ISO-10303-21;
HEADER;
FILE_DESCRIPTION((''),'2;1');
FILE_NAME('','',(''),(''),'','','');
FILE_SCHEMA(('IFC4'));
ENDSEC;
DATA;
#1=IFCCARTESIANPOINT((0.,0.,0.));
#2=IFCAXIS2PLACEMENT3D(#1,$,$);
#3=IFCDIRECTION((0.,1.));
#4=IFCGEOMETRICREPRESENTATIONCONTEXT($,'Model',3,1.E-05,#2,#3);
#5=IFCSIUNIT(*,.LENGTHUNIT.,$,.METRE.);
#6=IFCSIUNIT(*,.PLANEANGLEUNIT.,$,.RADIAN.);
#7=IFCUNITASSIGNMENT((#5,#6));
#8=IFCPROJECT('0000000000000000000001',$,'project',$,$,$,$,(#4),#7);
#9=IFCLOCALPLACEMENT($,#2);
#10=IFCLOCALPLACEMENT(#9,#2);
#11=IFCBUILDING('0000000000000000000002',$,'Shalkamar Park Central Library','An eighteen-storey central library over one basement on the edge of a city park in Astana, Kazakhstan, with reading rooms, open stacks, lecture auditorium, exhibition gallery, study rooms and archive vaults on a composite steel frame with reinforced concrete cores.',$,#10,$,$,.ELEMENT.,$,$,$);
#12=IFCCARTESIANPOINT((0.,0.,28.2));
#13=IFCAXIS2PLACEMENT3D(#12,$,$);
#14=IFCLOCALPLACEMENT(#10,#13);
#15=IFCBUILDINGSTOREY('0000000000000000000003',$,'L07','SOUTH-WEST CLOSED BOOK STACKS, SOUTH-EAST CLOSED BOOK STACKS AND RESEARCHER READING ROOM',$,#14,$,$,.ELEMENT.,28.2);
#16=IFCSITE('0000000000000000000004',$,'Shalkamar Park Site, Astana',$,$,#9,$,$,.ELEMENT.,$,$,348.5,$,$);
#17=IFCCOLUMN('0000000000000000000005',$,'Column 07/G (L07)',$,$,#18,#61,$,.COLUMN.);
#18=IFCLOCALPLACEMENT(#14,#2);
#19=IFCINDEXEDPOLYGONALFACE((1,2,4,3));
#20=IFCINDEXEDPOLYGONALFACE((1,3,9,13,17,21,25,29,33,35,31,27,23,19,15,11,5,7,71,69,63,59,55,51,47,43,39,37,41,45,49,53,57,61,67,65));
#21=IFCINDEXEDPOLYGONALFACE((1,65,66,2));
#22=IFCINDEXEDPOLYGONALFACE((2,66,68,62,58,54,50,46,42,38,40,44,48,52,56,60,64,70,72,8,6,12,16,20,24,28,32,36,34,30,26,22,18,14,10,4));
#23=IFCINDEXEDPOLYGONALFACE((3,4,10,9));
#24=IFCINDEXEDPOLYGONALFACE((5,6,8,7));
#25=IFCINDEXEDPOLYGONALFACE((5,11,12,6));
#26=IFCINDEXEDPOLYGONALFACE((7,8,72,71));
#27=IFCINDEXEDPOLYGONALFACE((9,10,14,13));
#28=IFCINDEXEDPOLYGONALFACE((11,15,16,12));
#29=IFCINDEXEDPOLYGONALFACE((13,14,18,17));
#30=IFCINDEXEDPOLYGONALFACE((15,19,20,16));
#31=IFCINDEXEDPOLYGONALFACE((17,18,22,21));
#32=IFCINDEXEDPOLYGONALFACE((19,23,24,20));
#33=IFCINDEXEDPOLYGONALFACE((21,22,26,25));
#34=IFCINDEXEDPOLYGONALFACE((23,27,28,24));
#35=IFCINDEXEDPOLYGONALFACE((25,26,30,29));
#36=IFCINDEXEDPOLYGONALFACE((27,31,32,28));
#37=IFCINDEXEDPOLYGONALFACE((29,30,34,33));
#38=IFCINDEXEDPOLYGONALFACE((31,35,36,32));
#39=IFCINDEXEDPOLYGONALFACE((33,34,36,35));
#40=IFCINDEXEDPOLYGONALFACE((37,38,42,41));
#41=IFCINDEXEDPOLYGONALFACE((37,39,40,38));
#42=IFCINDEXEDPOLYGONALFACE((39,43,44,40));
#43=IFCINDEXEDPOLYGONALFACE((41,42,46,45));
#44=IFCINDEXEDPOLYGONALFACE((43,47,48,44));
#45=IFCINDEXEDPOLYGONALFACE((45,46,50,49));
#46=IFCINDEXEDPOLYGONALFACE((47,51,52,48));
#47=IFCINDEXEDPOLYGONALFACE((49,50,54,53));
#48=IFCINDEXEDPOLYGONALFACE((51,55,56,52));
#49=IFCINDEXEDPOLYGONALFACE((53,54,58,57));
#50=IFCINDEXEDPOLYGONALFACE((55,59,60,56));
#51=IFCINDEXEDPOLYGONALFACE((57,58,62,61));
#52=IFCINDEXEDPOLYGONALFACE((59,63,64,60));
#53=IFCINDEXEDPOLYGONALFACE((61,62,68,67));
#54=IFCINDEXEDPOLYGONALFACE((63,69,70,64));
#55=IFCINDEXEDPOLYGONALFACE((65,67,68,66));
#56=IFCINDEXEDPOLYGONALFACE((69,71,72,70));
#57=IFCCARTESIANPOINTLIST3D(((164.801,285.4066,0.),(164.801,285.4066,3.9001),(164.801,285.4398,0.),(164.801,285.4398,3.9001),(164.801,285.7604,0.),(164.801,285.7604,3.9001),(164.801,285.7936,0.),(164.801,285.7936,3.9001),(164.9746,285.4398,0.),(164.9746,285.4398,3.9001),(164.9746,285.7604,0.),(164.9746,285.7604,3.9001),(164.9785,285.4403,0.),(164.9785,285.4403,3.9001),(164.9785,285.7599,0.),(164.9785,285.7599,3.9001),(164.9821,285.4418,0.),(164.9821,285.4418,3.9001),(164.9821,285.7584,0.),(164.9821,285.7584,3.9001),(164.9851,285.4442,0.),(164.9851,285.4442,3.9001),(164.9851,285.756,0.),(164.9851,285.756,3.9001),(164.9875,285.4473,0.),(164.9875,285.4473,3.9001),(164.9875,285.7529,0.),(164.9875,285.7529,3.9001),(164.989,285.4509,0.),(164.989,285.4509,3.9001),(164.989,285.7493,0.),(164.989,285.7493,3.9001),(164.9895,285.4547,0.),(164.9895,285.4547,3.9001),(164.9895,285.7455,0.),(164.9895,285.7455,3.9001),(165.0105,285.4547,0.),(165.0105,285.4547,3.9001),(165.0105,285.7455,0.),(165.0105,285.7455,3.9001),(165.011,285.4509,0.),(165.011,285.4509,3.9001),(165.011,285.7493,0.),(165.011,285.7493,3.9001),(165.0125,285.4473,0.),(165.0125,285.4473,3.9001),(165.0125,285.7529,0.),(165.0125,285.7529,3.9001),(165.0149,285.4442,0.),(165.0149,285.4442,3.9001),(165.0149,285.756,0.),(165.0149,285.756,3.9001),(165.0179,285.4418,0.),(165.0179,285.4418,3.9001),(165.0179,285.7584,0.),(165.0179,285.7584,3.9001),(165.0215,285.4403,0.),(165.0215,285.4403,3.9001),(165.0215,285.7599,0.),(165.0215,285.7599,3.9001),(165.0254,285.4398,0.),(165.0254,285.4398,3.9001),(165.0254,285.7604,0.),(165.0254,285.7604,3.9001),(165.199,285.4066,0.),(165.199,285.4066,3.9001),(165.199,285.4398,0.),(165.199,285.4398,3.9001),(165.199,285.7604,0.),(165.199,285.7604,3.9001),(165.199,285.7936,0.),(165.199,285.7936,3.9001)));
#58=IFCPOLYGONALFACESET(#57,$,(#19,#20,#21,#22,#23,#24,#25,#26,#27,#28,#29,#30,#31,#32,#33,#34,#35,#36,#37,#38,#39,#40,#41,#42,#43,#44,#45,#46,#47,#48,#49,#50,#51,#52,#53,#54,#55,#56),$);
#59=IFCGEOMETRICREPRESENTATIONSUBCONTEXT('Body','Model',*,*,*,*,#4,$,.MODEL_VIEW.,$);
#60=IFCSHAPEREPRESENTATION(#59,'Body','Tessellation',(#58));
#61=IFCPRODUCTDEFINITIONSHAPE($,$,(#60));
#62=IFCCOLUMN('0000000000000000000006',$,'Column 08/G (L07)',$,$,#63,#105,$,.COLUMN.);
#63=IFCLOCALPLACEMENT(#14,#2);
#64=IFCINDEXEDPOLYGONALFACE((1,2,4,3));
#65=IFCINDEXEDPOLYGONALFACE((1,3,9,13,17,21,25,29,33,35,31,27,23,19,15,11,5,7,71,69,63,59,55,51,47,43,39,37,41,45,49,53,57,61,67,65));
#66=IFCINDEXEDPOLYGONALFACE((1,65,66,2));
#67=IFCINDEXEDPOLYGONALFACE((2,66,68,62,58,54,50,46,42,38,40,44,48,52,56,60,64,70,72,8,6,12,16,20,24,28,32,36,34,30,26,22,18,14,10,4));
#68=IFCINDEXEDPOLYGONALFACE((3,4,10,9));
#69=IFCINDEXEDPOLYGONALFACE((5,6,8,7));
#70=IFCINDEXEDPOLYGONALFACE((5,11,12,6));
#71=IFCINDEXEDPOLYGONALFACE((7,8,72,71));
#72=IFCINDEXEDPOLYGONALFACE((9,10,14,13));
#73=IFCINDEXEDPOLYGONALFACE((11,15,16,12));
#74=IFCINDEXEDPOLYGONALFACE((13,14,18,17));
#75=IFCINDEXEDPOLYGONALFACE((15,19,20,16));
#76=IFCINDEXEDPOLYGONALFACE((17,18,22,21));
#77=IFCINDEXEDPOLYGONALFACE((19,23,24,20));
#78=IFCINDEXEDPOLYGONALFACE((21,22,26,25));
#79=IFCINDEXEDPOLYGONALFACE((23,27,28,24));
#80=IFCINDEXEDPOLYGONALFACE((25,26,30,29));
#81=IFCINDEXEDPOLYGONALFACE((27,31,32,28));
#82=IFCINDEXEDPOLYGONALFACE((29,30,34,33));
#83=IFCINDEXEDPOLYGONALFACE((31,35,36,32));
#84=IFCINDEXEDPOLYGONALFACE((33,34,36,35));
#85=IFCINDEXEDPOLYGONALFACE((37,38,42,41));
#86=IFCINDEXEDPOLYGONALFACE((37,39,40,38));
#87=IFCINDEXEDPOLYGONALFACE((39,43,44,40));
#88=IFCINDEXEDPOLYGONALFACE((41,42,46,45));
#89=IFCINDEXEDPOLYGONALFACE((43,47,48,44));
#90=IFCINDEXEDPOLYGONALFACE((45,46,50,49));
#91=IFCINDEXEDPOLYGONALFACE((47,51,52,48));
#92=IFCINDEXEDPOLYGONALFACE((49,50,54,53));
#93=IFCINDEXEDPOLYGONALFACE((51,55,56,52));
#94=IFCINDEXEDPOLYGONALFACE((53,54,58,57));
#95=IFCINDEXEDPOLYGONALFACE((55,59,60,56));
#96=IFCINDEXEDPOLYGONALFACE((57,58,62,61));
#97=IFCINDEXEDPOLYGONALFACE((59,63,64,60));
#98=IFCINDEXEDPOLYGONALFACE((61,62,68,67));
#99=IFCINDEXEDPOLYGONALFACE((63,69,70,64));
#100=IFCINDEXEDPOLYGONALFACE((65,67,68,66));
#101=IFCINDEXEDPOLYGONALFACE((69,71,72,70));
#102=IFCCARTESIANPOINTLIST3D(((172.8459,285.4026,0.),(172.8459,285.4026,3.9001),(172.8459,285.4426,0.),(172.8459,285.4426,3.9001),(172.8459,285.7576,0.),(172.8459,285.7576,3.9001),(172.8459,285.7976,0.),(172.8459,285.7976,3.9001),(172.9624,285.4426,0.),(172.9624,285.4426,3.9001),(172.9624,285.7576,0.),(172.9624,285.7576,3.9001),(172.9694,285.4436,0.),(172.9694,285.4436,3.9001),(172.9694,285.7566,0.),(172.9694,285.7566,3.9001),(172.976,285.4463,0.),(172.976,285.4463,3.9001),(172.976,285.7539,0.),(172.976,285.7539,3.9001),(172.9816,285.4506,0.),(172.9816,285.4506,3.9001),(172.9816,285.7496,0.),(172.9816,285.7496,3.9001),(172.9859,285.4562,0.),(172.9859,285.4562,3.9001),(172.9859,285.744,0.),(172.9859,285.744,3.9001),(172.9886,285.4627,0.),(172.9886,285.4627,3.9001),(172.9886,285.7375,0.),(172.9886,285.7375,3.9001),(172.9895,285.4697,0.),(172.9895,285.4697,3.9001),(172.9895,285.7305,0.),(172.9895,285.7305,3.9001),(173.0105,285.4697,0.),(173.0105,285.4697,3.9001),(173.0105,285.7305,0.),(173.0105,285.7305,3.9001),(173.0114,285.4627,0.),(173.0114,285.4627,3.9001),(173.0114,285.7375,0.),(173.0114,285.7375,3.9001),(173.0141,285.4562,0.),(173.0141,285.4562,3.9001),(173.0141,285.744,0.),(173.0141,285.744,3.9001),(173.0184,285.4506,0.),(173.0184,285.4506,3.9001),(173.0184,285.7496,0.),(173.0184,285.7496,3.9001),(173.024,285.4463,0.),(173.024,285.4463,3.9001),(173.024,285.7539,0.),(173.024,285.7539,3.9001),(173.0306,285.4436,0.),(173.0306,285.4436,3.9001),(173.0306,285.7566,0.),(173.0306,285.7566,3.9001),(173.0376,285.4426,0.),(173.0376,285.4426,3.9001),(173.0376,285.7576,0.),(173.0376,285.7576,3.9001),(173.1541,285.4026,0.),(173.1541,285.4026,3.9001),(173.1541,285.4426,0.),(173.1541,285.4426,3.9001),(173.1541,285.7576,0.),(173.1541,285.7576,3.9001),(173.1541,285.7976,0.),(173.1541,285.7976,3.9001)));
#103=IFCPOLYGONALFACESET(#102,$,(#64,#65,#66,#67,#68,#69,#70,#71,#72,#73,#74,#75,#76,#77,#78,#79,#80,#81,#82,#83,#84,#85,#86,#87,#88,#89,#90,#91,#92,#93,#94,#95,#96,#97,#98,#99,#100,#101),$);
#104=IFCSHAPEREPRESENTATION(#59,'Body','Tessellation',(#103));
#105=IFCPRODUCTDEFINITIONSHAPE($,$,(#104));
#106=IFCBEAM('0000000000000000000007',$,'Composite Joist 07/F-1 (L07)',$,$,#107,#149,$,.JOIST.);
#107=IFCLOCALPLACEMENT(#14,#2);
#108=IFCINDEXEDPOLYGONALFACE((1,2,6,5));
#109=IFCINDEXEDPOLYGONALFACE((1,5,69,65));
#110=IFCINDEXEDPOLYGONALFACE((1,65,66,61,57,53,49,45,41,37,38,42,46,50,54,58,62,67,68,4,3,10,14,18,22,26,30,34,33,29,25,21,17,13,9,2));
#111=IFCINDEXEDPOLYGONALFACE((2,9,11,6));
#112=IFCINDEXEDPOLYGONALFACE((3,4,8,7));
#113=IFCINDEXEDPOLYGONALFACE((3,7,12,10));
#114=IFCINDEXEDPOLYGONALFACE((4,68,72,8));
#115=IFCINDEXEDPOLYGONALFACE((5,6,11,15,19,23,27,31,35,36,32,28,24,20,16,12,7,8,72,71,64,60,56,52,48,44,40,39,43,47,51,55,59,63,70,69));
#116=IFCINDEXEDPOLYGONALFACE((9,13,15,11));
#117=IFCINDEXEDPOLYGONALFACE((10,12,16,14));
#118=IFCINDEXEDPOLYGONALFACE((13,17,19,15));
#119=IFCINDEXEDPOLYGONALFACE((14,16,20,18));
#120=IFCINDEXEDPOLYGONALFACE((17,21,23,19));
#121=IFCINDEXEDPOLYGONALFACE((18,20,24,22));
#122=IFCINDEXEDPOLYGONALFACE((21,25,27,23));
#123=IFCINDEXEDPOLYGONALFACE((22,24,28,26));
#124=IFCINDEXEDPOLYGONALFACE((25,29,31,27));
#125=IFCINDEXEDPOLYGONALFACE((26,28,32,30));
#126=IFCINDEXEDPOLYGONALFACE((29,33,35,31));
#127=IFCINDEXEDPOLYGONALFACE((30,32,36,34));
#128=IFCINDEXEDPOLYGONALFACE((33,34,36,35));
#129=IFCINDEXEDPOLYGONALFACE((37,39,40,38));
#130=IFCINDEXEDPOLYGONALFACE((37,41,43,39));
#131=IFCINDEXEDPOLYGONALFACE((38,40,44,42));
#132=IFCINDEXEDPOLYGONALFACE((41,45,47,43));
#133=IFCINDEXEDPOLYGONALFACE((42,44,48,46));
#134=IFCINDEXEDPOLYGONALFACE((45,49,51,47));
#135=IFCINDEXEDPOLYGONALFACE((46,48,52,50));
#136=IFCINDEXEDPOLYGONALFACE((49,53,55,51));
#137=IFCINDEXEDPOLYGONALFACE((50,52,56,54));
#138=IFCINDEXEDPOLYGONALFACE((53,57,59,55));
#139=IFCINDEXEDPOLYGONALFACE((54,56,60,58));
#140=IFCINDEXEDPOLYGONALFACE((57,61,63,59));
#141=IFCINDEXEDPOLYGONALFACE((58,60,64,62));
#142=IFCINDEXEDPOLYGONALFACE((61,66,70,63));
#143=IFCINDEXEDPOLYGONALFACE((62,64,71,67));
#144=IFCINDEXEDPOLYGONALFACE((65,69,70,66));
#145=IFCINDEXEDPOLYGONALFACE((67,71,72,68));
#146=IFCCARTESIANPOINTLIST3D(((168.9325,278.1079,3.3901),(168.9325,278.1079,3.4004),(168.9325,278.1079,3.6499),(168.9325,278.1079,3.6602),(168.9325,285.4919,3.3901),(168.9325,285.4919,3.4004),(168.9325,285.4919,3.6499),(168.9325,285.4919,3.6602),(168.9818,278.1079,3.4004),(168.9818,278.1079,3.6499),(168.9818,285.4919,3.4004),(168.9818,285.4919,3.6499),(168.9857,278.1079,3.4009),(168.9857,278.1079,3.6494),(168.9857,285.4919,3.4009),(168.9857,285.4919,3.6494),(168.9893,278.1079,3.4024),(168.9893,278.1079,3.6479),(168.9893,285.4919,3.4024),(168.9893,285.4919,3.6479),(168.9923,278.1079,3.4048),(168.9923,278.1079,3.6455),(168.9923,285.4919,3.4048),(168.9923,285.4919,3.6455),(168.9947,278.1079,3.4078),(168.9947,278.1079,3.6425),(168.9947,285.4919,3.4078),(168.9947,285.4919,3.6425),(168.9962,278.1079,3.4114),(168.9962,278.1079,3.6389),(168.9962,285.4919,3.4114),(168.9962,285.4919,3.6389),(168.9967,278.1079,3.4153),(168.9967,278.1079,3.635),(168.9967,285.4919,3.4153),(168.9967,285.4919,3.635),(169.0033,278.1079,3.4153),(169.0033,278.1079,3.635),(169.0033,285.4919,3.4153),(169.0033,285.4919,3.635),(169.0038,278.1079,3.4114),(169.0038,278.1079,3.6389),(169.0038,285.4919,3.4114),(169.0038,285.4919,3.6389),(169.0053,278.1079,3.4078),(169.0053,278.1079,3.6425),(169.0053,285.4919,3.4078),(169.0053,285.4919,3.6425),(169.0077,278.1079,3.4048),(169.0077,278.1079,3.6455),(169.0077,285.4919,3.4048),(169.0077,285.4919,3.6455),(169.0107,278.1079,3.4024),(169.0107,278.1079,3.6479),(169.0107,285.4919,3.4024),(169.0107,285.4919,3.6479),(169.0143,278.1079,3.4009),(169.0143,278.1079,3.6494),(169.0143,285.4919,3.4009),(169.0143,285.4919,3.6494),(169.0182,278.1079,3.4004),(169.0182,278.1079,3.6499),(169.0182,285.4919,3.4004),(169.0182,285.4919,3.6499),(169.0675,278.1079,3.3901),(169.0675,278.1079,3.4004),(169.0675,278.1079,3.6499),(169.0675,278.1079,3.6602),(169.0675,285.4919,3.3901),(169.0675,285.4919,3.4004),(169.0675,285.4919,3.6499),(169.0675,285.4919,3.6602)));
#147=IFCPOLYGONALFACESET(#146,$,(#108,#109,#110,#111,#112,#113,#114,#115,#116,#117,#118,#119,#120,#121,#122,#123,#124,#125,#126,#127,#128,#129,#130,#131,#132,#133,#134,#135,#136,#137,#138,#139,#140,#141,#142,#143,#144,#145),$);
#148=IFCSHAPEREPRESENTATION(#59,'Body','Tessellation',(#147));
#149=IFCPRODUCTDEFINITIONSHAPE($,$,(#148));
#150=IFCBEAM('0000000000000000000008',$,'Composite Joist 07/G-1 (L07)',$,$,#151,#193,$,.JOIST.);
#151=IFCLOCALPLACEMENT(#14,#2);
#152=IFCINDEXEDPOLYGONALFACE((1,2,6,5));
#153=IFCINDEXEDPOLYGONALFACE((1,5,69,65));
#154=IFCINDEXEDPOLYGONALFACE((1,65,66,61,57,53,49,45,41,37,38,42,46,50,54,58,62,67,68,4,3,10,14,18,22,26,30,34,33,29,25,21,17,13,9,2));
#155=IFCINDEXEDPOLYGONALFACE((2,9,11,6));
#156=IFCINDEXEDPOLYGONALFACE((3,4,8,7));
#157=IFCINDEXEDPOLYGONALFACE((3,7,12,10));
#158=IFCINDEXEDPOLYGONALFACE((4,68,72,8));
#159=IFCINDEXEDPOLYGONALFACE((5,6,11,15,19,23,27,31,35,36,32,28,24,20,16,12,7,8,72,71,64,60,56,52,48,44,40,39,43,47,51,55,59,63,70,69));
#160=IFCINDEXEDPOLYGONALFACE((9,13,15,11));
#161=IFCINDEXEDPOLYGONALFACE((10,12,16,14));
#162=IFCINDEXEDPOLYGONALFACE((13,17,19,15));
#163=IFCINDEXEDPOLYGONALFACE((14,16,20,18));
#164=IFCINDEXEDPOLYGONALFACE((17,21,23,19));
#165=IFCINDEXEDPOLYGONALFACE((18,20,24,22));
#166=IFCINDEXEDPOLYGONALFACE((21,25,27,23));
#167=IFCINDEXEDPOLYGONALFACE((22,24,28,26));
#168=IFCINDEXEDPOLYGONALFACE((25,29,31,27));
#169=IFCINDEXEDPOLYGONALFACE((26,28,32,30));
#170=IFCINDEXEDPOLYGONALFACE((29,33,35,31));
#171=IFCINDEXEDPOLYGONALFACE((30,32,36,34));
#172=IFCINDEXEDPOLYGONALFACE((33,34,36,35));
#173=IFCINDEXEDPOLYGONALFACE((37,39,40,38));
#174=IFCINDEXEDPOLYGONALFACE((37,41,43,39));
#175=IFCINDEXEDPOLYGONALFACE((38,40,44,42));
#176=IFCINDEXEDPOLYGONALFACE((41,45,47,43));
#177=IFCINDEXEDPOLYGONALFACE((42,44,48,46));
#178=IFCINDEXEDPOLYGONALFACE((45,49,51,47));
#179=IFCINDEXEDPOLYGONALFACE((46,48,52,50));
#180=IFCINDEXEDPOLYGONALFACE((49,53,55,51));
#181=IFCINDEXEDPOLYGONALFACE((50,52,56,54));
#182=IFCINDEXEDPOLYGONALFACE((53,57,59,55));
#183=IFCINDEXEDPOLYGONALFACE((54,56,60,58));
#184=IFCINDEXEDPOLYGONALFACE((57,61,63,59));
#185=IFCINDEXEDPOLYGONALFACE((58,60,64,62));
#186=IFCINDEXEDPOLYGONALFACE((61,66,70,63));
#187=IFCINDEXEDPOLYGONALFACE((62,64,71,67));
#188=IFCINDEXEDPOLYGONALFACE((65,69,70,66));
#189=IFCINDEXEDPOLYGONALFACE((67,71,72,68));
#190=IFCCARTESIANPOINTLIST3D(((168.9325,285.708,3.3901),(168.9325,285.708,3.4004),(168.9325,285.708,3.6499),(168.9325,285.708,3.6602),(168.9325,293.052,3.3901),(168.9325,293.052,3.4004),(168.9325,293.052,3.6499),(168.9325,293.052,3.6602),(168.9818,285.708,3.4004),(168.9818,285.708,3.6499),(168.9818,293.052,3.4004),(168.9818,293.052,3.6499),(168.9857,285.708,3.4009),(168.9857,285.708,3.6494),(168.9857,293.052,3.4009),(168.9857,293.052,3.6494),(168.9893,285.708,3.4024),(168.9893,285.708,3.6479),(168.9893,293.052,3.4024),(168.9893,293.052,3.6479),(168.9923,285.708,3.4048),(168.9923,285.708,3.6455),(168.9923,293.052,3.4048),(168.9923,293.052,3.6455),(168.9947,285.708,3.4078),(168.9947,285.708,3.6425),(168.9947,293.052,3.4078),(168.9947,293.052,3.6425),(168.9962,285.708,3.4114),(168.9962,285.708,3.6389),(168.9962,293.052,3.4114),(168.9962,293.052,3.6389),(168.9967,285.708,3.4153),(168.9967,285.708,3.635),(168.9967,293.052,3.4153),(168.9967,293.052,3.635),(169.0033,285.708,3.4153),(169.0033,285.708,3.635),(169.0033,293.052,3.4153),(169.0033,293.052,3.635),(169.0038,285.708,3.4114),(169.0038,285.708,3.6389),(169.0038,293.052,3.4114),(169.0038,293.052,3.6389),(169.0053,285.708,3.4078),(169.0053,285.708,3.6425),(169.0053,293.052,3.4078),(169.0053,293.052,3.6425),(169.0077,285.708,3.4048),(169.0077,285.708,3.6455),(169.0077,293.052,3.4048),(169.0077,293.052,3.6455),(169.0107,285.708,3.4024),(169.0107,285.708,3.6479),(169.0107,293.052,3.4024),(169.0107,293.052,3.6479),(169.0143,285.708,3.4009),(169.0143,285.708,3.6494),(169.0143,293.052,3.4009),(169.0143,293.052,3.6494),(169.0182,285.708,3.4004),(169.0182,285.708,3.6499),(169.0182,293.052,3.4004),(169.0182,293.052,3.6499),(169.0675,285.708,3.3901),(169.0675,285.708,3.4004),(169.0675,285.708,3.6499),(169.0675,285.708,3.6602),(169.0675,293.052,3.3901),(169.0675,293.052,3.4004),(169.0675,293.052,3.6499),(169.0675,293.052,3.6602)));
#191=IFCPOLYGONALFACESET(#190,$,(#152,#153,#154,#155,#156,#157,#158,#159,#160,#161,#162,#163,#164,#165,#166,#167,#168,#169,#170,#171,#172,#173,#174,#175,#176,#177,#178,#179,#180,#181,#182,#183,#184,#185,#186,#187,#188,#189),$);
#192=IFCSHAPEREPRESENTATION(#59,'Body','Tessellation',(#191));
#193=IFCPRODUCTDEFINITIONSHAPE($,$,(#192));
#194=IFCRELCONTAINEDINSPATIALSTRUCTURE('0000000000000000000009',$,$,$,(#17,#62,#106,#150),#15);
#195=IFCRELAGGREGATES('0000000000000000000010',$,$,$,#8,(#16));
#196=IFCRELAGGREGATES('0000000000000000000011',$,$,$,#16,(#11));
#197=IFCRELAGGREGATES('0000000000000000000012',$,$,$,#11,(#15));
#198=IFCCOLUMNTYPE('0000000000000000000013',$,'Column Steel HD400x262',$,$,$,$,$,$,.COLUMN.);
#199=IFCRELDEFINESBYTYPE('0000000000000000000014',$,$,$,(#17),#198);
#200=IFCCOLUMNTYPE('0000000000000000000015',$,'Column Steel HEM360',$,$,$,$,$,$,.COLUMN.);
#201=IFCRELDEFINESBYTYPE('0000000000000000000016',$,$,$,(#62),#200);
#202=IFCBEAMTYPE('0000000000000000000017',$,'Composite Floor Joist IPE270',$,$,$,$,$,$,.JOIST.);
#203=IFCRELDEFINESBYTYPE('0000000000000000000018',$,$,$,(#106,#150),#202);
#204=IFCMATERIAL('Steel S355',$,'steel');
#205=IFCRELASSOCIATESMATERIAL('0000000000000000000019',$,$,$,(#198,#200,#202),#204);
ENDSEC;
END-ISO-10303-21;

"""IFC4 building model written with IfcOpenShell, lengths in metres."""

from ifc_helpers import new_model, si_unit, direction, frame, origin, origin_2d, place, context, subcontext, project, spatial, i_section, extrude, material, material_profile, profile_set, type_object, element, save


model = new_model("IFC4")

# Units and contexts
model_context = context("Model", 3, precision=1e-05, world=origin(), true_north=direction((0.0, 1.0)))
body_context = subcontext(model_context, "Body", "Model", "MODEL_VIEW")
ifc_project = project(units=[si_unit("LENGTHUNIT", "METRE"), si_unit("PLANEANGLEUNIT", "RADIAN")], contexts=[model_context])

# Site, building, storey
site_placement = place(None, origin())
site = spatial("IfcSite", under=ifc_project, at=site_placement, Name="Shalkamar Park Site, Astana", CompositionType="ELEMENT", RefElevation=348.5)
building_placement = place(site_placement, origin())
building = spatial("IfcBuilding", under=site, at=building_placement, Name="Shalkamar Park Central Library", Description="An eighteen-storey central library over one basement on the edge of a city park in Astana, Kazakhstan, with reading rooms, open stacks, lecture auditorium, exhibition gallery, study rooms and archive vaults on a composite steel frame with reinforced concrete cores.", CompositionType="ELEMENT")
storey_placement = place(building_placement, frame((0.0, 0.0, 28.2)))
storey = spatial("IfcBuildingStorey", under=building, at=storey_placement, Name="L07", Description="SOUTH-WEST CLOSED BOOK STACKS, SOUTH-EAST CLOSED BOOK STACKS AND RESEARCHER READING ROOM", CompositionType="ELEMENT", Elevation=28.2)

# Columns
ifc_material_1 = material(Name="Steel S355", Category="steel")
ifc_material_profile_1 = material_profile(ifc_material_1, i_section(OverallWidth=0.3979, OverallDepth=0.387, WebThickness=0.021, FlangeThickness=0.0332, FilletRadius=0.0149, at=origin_2d()), Name="HD 400x262")
ifc_profile_set_1 = profile_set([ifc_material_profile_1], Name="Steel S355")
column_type_1 = type_object("IfcColumnType", Name="Column Steel HD400x262", PredefinedType="COLUMN", material=ifc_profile_set_1)
column_1_placement = place(storey_placement, frame((165.0, 285.6001, 0.0), z_axis=(0.0, 0.0, 1.0), x_axis=(1.0, 0.0, 0.0)))
element("IfcColumn", 1, at=column_1_placement, inside=storey, type_object=column_type_1, Name="Column 07/G (L07)", PredefinedType="COLUMN", context=body_context, shape_type="SweptSolid", body=[
    extrude(i_section(OverallWidth=0.3979, OverallDepth=0.387, WebThickness=0.021, FlangeThickness=0.0332, FilletRadius=0.0149, at=origin_2d()), origin(), (0.0, 0.0, 1.0), 3.9001),
])
ifc_material_profile_2 = material_profile(ifc_material_1, i_section(OverallWidth=0.3081, OverallDepth=0.395, WebThickness=0.021, FlangeThickness=0.04, FilletRadius=0.0271, at=origin_2d()), Name="HEM 360")
ifc_profile_set_2 = profile_set([ifc_material_profile_2], Name="Steel S355")
column_type_2 = type_object("IfcColumnType", Name="Column Steel HEM360", PredefinedType="COLUMN", material=ifc_profile_set_2)
column_2_placement = place(storey_placement, frame((173.0, 285.6001, 0.0), z_axis=(0.0, 0.0, 1.0), x_axis=(1.0, 0.0, 0.0)))
element("IfcColumn", 2, at=column_2_placement, inside=storey, type_object=column_type_2, Name="Column 08/G (L07)", PredefinedType="COLUMN", context=body_context, shape_type="SweptSolid", body=[
    extrude(i_section(OverallWidth=0.3081, OverallDepth=0.395, WebThickness=0.021, FlangeThickness=0.04, FilletRadius=0.0271, at=origin_2d()), origin(), (0.0, 0.0, 1.0), 3.9001),
])

# Beams
ifc_material_profile_3 = material_profile(ifc_material_1, i_section(OverallWidth=0.135, OverallDepth=0.27, WebThickness=0.0066, FlangeThickness=0.0103, FilletRadius=0.0149, at=origin_2d()), Name="IPE 270")
ifc_profile_set_3 = profile_set([ifc_material_profile_3], Name="Steel S355")
beam_type_1 = type_object("IfcBeamType", Name="Composite Floor Joist IPE270", PredefinedType="JOIST", material=ifc_profile_set_3)
beam_1_placement = place(storey_placement, frame((169.0, 278.1079, 3.5251), z_axis=(0.0, 1.0, 0.0), x_axis=(-1.0, 0.0, 0.0)))
element("IfcBeam", 3, at=beam_1_placement, inside=storey, type_object=beam_type_1, Name="Composite Joist 07/F-1 (L07)", PredefinedType="JOIST", context=body_context, shape_type="SweptSolid", body=[
    extrude(i_section(OverallWidth=0.135, OverallDepth=0.27, WebThickness=0.0066, FlangeThickness=0.0103, FilletRadius=0.0149, at=origin_2d()), origin(), (0.0, 0.0, 1.0), 7.384),
])
beam_2_placement = place(storey_placement, frame((169.0, 285.708, 3.5251), z_axis=(0.0, 1.0, 0.0), x_axis=(-1.0, 0.0, 0.0)))
element("IfcBeam", 4, at=beam_2_placement, inside=storey, type_object=beam_type_1, Name="Composite Joist 07/G-1 (L07)", PredefinedType="JOIST", context=body_context, shape_type="SweptSolid", body=[
    extrude(i_section(OverallWidth=0.135, OverallDepth=0.27, WebThickness=0.0066, FlangeThickness=0.0103, FilletRadius=0.0149, at=origin_2d()), origin(), (0.0, 0.0, 1.0), 7.344),
])

save(model, "model.ifc")
